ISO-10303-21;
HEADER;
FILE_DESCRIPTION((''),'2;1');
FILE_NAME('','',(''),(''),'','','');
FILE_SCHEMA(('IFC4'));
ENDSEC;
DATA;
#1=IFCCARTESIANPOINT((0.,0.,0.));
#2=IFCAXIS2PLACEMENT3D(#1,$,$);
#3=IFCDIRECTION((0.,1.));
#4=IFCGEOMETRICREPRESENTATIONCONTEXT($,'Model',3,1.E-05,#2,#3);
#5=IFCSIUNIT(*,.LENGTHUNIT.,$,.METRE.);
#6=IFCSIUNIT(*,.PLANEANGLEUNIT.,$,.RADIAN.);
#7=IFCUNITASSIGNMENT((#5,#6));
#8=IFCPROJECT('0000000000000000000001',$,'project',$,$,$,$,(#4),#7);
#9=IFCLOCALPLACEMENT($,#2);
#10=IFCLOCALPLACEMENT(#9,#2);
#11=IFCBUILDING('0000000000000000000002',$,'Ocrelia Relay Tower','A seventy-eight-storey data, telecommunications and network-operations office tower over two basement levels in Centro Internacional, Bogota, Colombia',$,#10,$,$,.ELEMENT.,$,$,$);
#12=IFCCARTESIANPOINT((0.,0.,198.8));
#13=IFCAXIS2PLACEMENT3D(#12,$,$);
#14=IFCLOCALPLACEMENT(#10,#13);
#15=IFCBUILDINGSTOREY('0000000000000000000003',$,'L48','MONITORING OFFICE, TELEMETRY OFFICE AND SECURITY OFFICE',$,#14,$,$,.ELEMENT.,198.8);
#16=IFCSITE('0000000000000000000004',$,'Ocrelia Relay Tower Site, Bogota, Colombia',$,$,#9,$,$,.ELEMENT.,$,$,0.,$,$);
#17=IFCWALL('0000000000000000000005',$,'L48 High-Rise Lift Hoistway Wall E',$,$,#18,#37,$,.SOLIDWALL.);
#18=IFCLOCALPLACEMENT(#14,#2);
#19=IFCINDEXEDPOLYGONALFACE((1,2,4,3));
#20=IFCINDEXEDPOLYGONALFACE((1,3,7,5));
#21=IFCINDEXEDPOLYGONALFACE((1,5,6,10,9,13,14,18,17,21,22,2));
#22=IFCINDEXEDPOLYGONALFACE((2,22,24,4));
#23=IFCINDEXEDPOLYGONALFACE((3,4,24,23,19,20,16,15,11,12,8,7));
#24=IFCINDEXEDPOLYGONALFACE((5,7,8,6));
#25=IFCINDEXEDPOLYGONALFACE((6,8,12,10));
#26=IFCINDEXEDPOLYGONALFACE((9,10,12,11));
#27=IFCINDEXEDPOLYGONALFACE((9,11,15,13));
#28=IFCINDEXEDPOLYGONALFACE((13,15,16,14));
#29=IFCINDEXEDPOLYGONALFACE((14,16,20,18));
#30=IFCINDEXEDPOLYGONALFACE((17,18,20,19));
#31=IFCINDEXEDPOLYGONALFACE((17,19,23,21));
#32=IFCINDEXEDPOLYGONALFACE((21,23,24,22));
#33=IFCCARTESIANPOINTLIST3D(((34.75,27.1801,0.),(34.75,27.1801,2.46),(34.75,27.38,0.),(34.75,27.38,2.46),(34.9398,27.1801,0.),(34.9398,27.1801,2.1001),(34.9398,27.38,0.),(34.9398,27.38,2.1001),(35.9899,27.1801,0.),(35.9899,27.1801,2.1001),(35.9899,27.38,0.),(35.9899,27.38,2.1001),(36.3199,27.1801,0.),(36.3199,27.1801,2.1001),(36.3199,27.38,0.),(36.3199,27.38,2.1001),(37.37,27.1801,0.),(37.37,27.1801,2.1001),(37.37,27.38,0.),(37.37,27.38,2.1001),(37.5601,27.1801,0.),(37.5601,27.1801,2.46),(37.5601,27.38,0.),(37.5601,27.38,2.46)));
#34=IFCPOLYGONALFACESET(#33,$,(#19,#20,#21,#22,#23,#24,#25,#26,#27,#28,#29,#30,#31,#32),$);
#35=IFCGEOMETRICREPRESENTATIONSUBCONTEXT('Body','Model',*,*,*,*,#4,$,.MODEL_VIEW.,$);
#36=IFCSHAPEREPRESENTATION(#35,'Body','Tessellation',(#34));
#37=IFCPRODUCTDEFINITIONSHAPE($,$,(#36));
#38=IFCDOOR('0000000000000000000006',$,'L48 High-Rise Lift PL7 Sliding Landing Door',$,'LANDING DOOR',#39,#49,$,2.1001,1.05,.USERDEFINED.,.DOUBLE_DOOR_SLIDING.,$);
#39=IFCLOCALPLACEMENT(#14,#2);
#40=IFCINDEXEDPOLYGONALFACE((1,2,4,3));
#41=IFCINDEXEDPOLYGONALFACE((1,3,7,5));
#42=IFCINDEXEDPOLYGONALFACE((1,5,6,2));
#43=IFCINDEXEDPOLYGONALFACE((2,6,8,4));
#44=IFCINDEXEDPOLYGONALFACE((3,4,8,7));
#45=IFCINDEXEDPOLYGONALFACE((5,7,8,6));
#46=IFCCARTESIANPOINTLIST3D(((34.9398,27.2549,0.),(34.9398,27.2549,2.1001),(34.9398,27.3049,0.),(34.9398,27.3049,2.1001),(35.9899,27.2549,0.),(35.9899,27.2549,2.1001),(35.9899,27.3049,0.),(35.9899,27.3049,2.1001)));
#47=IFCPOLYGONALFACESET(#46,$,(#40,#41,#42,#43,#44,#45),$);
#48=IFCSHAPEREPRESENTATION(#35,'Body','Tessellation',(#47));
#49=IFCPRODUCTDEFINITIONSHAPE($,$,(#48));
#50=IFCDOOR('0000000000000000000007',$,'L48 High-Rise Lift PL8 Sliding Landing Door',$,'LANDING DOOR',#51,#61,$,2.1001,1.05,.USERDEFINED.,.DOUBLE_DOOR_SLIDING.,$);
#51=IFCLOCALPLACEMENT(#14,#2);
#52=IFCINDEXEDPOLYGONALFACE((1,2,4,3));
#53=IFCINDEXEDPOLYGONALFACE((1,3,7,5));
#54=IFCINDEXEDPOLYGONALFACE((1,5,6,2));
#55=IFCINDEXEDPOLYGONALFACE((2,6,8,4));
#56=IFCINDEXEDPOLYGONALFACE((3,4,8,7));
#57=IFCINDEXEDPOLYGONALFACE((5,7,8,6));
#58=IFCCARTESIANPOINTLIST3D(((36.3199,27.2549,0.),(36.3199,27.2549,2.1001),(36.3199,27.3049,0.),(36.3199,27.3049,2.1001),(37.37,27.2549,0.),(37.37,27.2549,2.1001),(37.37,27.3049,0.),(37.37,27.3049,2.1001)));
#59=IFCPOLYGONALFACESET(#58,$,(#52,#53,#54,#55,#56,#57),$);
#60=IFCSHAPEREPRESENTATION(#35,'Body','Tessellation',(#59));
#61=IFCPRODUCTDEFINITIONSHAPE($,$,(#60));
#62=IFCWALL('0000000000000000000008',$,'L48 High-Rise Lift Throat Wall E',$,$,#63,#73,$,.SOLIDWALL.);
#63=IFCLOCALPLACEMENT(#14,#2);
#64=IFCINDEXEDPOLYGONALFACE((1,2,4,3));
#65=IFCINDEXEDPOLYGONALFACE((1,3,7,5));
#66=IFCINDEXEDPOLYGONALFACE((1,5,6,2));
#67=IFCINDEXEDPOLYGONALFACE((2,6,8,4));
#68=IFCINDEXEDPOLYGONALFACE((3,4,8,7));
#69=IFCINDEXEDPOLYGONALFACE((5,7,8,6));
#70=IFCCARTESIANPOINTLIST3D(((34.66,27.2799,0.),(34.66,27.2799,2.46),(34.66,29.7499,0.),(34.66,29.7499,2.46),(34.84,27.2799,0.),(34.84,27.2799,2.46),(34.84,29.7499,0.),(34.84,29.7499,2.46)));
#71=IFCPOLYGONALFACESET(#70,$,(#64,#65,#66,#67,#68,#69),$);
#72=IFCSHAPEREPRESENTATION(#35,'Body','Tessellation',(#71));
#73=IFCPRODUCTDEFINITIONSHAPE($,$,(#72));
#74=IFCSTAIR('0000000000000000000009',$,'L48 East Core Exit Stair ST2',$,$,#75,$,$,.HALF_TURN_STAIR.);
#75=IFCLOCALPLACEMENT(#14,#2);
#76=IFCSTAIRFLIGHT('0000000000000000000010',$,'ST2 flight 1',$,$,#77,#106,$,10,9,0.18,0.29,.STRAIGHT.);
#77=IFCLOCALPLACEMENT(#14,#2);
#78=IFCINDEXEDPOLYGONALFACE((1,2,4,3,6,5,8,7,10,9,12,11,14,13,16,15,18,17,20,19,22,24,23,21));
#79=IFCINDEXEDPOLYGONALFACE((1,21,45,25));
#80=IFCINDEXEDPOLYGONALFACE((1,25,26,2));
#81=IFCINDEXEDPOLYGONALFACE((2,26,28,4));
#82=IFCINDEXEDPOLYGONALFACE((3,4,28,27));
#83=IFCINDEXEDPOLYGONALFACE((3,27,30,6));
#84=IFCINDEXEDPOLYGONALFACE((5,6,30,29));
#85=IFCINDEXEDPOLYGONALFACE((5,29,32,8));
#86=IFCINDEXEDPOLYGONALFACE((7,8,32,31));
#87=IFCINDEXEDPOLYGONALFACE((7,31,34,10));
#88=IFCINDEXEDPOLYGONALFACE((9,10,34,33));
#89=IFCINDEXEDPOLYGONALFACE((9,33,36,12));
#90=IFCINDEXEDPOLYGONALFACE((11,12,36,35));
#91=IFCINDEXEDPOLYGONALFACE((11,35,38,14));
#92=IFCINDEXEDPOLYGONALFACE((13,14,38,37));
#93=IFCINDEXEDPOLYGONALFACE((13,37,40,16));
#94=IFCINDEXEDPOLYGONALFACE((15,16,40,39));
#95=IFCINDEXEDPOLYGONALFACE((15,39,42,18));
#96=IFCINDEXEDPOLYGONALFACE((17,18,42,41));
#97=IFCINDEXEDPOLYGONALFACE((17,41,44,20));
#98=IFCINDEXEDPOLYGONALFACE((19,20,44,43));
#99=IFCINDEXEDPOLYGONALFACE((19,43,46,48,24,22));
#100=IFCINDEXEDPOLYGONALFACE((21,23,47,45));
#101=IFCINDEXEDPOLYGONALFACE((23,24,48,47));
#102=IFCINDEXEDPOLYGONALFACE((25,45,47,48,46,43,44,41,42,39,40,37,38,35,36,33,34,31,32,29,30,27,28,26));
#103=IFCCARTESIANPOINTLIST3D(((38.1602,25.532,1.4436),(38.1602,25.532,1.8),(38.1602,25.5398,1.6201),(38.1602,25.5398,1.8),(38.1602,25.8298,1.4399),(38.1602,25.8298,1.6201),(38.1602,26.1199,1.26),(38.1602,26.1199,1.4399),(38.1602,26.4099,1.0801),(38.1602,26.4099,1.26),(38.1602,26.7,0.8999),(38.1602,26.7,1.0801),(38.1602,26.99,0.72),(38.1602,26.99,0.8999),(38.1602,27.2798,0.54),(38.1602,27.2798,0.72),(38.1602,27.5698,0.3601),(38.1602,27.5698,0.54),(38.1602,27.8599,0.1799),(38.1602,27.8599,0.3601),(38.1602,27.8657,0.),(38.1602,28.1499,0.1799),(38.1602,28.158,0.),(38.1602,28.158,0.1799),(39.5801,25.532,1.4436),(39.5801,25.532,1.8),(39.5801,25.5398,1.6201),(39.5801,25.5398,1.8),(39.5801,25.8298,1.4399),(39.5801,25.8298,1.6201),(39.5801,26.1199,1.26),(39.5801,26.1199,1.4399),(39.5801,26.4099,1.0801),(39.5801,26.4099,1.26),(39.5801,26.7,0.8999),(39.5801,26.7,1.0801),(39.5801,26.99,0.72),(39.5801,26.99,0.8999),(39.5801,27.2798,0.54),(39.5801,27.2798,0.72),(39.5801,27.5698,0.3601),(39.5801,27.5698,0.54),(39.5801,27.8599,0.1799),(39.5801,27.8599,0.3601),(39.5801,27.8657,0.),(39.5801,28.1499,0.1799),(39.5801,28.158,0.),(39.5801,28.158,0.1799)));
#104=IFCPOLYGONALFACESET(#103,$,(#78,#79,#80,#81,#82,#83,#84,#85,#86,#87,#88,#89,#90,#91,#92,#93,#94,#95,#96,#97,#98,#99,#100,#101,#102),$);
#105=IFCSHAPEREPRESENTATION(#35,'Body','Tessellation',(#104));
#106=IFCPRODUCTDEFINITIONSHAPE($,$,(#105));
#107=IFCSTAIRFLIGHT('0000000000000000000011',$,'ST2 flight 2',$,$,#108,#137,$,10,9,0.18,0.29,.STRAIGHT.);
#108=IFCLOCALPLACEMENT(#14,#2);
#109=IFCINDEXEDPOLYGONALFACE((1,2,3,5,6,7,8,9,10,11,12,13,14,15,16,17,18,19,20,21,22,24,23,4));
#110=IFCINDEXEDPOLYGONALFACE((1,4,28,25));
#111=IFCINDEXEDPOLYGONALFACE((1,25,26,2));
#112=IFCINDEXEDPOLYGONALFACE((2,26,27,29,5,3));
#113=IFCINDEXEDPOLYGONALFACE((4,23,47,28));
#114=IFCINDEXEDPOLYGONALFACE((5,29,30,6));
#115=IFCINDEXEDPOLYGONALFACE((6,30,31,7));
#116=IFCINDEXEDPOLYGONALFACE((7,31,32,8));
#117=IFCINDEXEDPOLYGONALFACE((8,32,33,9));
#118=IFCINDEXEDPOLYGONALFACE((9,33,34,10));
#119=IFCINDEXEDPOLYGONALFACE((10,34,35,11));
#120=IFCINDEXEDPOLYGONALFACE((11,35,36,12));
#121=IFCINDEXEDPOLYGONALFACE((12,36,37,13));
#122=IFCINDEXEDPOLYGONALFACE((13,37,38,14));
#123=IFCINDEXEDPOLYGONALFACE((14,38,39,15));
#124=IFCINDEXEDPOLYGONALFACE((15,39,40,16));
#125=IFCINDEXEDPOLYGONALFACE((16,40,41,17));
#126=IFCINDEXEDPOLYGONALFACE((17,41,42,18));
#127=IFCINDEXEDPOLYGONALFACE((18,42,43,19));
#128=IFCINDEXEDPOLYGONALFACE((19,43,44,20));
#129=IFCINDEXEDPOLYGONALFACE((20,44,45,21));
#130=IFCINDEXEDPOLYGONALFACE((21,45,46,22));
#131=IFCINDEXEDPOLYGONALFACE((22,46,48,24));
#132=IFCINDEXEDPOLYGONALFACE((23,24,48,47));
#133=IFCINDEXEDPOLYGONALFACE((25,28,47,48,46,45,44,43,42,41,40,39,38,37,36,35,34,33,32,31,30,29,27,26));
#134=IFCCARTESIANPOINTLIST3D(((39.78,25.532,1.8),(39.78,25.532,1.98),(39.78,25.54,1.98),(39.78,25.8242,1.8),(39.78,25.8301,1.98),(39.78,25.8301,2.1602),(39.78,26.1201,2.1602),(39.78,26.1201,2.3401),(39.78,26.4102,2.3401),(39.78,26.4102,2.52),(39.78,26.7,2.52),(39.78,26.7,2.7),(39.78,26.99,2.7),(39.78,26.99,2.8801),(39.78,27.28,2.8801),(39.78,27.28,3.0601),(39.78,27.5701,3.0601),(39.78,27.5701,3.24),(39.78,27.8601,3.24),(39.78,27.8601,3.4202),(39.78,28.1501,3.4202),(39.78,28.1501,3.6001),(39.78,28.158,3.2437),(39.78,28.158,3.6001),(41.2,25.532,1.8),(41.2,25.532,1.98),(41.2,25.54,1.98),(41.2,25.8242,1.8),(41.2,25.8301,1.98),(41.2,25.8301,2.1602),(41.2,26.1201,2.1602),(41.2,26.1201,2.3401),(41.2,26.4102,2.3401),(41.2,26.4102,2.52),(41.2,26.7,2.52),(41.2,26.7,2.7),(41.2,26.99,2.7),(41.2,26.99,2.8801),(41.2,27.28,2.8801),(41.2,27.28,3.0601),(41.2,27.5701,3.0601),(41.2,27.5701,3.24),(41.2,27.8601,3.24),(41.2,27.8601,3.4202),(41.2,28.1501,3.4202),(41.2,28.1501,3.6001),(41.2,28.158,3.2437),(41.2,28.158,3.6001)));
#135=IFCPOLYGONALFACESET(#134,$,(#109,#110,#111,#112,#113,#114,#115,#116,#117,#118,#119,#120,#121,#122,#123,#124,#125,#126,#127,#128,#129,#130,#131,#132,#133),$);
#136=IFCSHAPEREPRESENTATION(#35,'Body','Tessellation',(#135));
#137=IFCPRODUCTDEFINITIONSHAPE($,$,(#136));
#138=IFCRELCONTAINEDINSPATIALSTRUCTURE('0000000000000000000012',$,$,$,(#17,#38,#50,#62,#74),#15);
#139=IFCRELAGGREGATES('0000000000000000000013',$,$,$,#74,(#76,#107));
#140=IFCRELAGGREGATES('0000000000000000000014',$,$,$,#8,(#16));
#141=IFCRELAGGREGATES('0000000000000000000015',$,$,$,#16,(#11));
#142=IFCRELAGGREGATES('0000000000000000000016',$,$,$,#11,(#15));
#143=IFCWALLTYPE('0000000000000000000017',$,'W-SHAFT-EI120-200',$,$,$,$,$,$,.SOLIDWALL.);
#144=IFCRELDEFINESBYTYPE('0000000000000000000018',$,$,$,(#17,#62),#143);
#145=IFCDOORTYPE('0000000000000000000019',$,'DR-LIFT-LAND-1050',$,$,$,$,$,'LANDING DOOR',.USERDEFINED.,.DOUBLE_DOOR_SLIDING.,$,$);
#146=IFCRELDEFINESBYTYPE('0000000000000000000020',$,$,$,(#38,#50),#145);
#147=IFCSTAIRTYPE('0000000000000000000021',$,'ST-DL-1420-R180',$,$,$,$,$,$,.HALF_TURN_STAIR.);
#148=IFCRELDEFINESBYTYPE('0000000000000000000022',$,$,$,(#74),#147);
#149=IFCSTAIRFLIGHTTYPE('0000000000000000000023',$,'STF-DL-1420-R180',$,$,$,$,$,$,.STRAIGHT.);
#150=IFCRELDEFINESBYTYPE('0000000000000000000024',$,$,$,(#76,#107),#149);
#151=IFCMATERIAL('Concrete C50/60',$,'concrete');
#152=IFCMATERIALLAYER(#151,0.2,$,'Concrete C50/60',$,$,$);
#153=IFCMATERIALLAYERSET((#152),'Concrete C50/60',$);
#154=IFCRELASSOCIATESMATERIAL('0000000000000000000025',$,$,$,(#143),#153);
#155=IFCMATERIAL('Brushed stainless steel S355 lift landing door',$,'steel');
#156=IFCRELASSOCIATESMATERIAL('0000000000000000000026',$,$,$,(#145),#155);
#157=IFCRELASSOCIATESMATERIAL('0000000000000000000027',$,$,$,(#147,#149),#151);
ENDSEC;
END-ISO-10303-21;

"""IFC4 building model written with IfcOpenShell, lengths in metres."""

from ifc_helpers import new_model, si_unit, direction, frame, frame_2d, origin, place, context, subcontext, project, spatial, polyline, rectangle, outline, extrude, material, layer, layer_set, type_object, element, fill, aggregate, save


model = new_model("IFC4")

# Units and contexts
model_context = context("Model", 3, precision=1e-05, world=origin(), true_north=direction((0.0, 1.0)))
body_context = subcontext(model_context, "Body", "Model", "MODEL_VIEW")
ifc_project = project(units=[si_unit("LENGTHUNIT", "METRE"), si_unit("PLANEANGLEUNIT", "RADIAN")], contexts=[model_context])

# Site, building, storey
site_placement = place(None, origin())
site = spatial("IfcSite", under=ifc_project, at=site_placement, Name="Ocrelia Relay Tower Site, Bogota, Colombia", CompositionType="ELEMENT", RefElevation=0.0)
building_placement = place(site_placement, origin())
building = spatial("IfcBuilding", under=site, at=building_placement, Name="Ocrelia Relay Tower", Description="A seventy-eight-storey data, telecommunications and network-operations office tower over two basement levels in Centro Internacional, Bogota, Colombia", CompositionType="ELEMENT")
storey_placement = place(building_placement, frame((0.0, 0.0, 198.8)))
storey = spatial("IfcBuildingStorey", under=building, at=storey_placement, Name="L48", Description="MONITORING OFFICE, TELEMETRY OFFICE AND SECURITY OFFICE", CompositionType="ELEMENT", Elevation=198.8)

# Shared definitions
ifc_material_1 = material(Name="Concrete C50/60", Category="concrete")
ifc_layer_1 = layer(ifc_material_1, 0.2, Name="Concrete C50/60")
ifc_layer_set_1 = layer_set([ifc_layer_1], Name="Concrete C50/60")
wall_type_1 = type_object("IfcWallType", Name="W-SHAFT-EI120-200", PredefinedType="SOLIDWALL", material=ifc_layer_set_1)

# Wall, openings, doors
wall_1_placement = place(storey_placement, frame((34.75, 27.28, 0.0), z_axis=(0.0, 0.0, 1.0), x_axis=(1.0, 0.0, 0.0)))
wall_1 = element("IfcWall", 1, at=wall_1_placement, inside=storey, type_object=wall_type_1, Name="L48 High-Rise Lift Hoistway Wall E", PredefinedType="SOLIDWALL", context=body_context, shape_type="SweptSolid", body=[
    extrude(rectangle(XDim=2.8101, YDim=0.2, at=frame_2d((1.405, 0.0))), origin(), (0.0, 0.0, 1.0), 2.46),
])
opening_1_placement = place(wall_1_placement, frame((0.1899, 0.0, 0.0)))
opening_1 = element("IfcOpeningElement", 2, at=opening_1_placement, cuts=wall_1, PredefinedType="OPENING", context=body_context, shape_type="SweptSolid", body=[
    extrude(rectangle(XDim=1.05, YDim=2.1001, at=frame_2d((0.5249, 1.05))), frame((0.0, 0.1099, 0.0), z_axis=(0.0, -1.0, 0.0), x_axis=(1.0, 0.0, 0.0)), (0.0, 0.0, 1.0), 0.22),
])
opening_2_placement = place(wall_1_placement, frame((1.5701, 0.0, 0.0)))
opening_2 = element("IfcOpeningElement", 3, at=opening_2_placement, cuts=wall_1, PredefinedType="OPENING", context=body_context, shape_type="SweptSolid", body=[
    extrude(rectangle(XDim=1.05, YDim=2.1001, at=frame_2d((0.5249, 1.05))), frame((0.0, 0.1099, 0.0), z_axis=(0.0, -1.0, 0.0), x_axis=(1.0, 0.0, 0.0)), (0.0, 0.0, 1.0), 0.22),
])
ifc_material_2 = material(Name="Brushed stainless steel S355 lift landing door", Category="steel")
door_type = type_object("IfcDoorType", Name="DR-LIFT-LAND-1050", ElementType="LANDING DOOR", OperationType="DOUBLE_DOOR_SLIDING", PredefinedType="USERDEFINED", material=ifc_material_2)
door_1_placement = place(opening_1_placement, origin())
door_1 = element("IfcDoor", 4, at=door_1_placement, inside=storey, type_object=door_type, Name="L48 High-Rise Lift PL7 Sliding Landing Door", ObjectType="LANDING DOOR", OperationType="DOUBLE_DOOR_SLIDING", OverallHeight=2.1001, OverallWidth=1.05, PredefinedType="USERDEFINED", context=body_context, shape_type="SweptSolid", body=[
    extrude(rectangle(XDim=1.05, YDim=2.1001, at=frame_2d((0.5249, 1.05))), frame((0.0, 0.0249, 0.0), z_axis=(0.0, -1.0, 0.0), x_axis=(1.0, 0.0, 0.0)), (0.0, 0.0, 1.0), 0.05),
])
fill(opening_1, door_1)
door_2_placement = place(opening_2_placement, origin())
door_2 = element("IfcDoor", 5, at=door_2_placement, inside=storey, type_object=door_type, Name="L48 High-Rise Lift PL8 Sliding Landing Door", ObjectType="LANDING DOOR", OperationType="DOUBLE_DOOR_SLIDING", OverallHeight=2.1001, OverallWidth=1.05, PredefinedType="USERDEFINED", context=body_context, shape_type="SweptSolid", body=[
    extrude(rectangle(XDim=1.05, YDim=2.1001, at=frame_2d((0.5249, 1.05))), frame((0.0, 0.0249, 0.0), z_axis=(0.0, -1.0, 0.0), x_axis=(1.0, 0.0, 0.0)), (0.0, 0.0, 1.0), 0.05),
])
fill(opening_2, door_2)

# Wall
wall_2_placement = place(storey_placement, frame((34.75, 27.28, 0.0), z_axis=(0.0, 0.0, 1.0), x_axis=(0.0, 1.0, 0.0)))
element("IfcWall", 6, at=wall_2_placement, inside=storey, type_object=wall_type_1, Name="L48 High-Rise Lift Throat Wall E", PredefinedType="SOLIDWALL", context=body_context, shape_type="SweptSolid", body=[
    extrude(rectangle(XDim=2.47, YDim=0.1799, at=frame_2d((1.2349, 0.0))), origin(), (0.0, 0.0, 1.0), 2.46),
])

# Stair, stair flights
stair_type = type_object("IfcStairType", Name="ST-DL-1420-R180", PredefinedType="HALF_TURN_STAIR", material=ifc_material_1)
stair_placement = place(storey_placement, origin())
stair = element("IfcStair", 7, at=stair_placement, inside=storey, type_object=stair_type, Name="L48 East Core Exit Stair ST2", PredefinedType="HALF_TURN_STAIR")
stair_flight_type = type_object("IfcStairFlightType", Name="STF-DL-1420-R180", PredefinedType="STRAIGHT", material=ifc_material_1)
stair_flight_1_placement = place(storey_placement, frame((38.8701, 28.1499, 0.0), z_axis=(0.0, 0.0, 1.0), x_axis=(0.0, -1.0, 0.0)))
stair_flight_1 = element("IfcStairFlight", 8, at=stair_flight_1_placement, type_object=stair_flight_type, Name="ST2 flight 1", NumberOfRisers=10, NumberOfTreads=9, PredefinedType="STRAIGHT", RiserHeight=0.18, TreadLength=0.29, context=body_context, shape_type="SweptSolid", body=[
    extrude(outline(polyline([(-0.0081, 0.0), (-0.0081, 0.1799), (0.0, 0.1799), (0.29, 0.1799), (0.29, 0.3601), (0.5801, 0.3601), (0.5801, 0.54), (0.8701, 0.54), (0.8701, 0.72), (1.1599, 0.72), (1.1599, 0.8999), (1.45, 0.8999), (1.45, 1.0801), (1.74, 1.0801), (1.74, 1.26), (2.03, 1.26), (2.03, 1.4399), (2.3201, 1.4399), (2.3201, 1.6201), (2.6101, 1.6201), (2.6101, 1.8), (2.6179, 1.8), (2.6179, 1.4436), (0.2842, 0.0), (-0.0081, 0.0)])), frame((0.0, 0.71, 0.0), z_axis=(0.0, -1.0, 0.0), x_axis=(1.0, 0.0, 0.0)), (0.0, 0.0, 1.0), 1.4199),
])
stair_flight_2_placement = place(storey_placement, frame((40.49, 25.54, 1.8), z_axis=(0.0, 0.0, 1.0), x_axis=(0.0, 1.0, 0.0)))
stair_flight_2 = element("IfcStairFlight", 9, at=stair_flight_2_placement, type_object=stair_flight_type, Name="ST2 flight 2", NumberOfRisers=10, NumberOfTreads=9, PredefinedType="STRAIGHT", RiserHeight=0.18, TreadLength=0.29, context=body_context, shape_type="SweptSolid", body=[
    extrude(outline(polyline([(-0.0081, 0.0), (-0.0081, 0.1799), (0.0, 0.1799), (0.29, 0.1799), (0.29, 0.3601), (0.5801, 0.3601), (0.5801, 0.54), (0.8701, 0.54), (0.8701, 0.72), (1.1599, 0.72), (1.1599, 0.8999), (1.45, 0.8999), (1.45, 1.0801), (1.74, 1.0801), (1.74, 1.26), (2.03, 1.26), (2.03, 1.4399), (2.3201, 1.4399), (2.3201, 1.6201), (2.6101, 1.6201), (2.6101, 1.8), (2.6179, 1.8), (2.6179, 1.4436), (0.2842, 0.0), (-0.0081, 0.0)])), frame((0.0, 0.71, 0.0), z_axis=(0.0, -1.0, 0.0), x_axis=(1.0, 0.0, 0.0)), (0.0, 0.0, 1.0), 1.4199),
])
aggregate(stair, [stair_flight_1, stair_flight_2])

save(model, "model.ifc")
